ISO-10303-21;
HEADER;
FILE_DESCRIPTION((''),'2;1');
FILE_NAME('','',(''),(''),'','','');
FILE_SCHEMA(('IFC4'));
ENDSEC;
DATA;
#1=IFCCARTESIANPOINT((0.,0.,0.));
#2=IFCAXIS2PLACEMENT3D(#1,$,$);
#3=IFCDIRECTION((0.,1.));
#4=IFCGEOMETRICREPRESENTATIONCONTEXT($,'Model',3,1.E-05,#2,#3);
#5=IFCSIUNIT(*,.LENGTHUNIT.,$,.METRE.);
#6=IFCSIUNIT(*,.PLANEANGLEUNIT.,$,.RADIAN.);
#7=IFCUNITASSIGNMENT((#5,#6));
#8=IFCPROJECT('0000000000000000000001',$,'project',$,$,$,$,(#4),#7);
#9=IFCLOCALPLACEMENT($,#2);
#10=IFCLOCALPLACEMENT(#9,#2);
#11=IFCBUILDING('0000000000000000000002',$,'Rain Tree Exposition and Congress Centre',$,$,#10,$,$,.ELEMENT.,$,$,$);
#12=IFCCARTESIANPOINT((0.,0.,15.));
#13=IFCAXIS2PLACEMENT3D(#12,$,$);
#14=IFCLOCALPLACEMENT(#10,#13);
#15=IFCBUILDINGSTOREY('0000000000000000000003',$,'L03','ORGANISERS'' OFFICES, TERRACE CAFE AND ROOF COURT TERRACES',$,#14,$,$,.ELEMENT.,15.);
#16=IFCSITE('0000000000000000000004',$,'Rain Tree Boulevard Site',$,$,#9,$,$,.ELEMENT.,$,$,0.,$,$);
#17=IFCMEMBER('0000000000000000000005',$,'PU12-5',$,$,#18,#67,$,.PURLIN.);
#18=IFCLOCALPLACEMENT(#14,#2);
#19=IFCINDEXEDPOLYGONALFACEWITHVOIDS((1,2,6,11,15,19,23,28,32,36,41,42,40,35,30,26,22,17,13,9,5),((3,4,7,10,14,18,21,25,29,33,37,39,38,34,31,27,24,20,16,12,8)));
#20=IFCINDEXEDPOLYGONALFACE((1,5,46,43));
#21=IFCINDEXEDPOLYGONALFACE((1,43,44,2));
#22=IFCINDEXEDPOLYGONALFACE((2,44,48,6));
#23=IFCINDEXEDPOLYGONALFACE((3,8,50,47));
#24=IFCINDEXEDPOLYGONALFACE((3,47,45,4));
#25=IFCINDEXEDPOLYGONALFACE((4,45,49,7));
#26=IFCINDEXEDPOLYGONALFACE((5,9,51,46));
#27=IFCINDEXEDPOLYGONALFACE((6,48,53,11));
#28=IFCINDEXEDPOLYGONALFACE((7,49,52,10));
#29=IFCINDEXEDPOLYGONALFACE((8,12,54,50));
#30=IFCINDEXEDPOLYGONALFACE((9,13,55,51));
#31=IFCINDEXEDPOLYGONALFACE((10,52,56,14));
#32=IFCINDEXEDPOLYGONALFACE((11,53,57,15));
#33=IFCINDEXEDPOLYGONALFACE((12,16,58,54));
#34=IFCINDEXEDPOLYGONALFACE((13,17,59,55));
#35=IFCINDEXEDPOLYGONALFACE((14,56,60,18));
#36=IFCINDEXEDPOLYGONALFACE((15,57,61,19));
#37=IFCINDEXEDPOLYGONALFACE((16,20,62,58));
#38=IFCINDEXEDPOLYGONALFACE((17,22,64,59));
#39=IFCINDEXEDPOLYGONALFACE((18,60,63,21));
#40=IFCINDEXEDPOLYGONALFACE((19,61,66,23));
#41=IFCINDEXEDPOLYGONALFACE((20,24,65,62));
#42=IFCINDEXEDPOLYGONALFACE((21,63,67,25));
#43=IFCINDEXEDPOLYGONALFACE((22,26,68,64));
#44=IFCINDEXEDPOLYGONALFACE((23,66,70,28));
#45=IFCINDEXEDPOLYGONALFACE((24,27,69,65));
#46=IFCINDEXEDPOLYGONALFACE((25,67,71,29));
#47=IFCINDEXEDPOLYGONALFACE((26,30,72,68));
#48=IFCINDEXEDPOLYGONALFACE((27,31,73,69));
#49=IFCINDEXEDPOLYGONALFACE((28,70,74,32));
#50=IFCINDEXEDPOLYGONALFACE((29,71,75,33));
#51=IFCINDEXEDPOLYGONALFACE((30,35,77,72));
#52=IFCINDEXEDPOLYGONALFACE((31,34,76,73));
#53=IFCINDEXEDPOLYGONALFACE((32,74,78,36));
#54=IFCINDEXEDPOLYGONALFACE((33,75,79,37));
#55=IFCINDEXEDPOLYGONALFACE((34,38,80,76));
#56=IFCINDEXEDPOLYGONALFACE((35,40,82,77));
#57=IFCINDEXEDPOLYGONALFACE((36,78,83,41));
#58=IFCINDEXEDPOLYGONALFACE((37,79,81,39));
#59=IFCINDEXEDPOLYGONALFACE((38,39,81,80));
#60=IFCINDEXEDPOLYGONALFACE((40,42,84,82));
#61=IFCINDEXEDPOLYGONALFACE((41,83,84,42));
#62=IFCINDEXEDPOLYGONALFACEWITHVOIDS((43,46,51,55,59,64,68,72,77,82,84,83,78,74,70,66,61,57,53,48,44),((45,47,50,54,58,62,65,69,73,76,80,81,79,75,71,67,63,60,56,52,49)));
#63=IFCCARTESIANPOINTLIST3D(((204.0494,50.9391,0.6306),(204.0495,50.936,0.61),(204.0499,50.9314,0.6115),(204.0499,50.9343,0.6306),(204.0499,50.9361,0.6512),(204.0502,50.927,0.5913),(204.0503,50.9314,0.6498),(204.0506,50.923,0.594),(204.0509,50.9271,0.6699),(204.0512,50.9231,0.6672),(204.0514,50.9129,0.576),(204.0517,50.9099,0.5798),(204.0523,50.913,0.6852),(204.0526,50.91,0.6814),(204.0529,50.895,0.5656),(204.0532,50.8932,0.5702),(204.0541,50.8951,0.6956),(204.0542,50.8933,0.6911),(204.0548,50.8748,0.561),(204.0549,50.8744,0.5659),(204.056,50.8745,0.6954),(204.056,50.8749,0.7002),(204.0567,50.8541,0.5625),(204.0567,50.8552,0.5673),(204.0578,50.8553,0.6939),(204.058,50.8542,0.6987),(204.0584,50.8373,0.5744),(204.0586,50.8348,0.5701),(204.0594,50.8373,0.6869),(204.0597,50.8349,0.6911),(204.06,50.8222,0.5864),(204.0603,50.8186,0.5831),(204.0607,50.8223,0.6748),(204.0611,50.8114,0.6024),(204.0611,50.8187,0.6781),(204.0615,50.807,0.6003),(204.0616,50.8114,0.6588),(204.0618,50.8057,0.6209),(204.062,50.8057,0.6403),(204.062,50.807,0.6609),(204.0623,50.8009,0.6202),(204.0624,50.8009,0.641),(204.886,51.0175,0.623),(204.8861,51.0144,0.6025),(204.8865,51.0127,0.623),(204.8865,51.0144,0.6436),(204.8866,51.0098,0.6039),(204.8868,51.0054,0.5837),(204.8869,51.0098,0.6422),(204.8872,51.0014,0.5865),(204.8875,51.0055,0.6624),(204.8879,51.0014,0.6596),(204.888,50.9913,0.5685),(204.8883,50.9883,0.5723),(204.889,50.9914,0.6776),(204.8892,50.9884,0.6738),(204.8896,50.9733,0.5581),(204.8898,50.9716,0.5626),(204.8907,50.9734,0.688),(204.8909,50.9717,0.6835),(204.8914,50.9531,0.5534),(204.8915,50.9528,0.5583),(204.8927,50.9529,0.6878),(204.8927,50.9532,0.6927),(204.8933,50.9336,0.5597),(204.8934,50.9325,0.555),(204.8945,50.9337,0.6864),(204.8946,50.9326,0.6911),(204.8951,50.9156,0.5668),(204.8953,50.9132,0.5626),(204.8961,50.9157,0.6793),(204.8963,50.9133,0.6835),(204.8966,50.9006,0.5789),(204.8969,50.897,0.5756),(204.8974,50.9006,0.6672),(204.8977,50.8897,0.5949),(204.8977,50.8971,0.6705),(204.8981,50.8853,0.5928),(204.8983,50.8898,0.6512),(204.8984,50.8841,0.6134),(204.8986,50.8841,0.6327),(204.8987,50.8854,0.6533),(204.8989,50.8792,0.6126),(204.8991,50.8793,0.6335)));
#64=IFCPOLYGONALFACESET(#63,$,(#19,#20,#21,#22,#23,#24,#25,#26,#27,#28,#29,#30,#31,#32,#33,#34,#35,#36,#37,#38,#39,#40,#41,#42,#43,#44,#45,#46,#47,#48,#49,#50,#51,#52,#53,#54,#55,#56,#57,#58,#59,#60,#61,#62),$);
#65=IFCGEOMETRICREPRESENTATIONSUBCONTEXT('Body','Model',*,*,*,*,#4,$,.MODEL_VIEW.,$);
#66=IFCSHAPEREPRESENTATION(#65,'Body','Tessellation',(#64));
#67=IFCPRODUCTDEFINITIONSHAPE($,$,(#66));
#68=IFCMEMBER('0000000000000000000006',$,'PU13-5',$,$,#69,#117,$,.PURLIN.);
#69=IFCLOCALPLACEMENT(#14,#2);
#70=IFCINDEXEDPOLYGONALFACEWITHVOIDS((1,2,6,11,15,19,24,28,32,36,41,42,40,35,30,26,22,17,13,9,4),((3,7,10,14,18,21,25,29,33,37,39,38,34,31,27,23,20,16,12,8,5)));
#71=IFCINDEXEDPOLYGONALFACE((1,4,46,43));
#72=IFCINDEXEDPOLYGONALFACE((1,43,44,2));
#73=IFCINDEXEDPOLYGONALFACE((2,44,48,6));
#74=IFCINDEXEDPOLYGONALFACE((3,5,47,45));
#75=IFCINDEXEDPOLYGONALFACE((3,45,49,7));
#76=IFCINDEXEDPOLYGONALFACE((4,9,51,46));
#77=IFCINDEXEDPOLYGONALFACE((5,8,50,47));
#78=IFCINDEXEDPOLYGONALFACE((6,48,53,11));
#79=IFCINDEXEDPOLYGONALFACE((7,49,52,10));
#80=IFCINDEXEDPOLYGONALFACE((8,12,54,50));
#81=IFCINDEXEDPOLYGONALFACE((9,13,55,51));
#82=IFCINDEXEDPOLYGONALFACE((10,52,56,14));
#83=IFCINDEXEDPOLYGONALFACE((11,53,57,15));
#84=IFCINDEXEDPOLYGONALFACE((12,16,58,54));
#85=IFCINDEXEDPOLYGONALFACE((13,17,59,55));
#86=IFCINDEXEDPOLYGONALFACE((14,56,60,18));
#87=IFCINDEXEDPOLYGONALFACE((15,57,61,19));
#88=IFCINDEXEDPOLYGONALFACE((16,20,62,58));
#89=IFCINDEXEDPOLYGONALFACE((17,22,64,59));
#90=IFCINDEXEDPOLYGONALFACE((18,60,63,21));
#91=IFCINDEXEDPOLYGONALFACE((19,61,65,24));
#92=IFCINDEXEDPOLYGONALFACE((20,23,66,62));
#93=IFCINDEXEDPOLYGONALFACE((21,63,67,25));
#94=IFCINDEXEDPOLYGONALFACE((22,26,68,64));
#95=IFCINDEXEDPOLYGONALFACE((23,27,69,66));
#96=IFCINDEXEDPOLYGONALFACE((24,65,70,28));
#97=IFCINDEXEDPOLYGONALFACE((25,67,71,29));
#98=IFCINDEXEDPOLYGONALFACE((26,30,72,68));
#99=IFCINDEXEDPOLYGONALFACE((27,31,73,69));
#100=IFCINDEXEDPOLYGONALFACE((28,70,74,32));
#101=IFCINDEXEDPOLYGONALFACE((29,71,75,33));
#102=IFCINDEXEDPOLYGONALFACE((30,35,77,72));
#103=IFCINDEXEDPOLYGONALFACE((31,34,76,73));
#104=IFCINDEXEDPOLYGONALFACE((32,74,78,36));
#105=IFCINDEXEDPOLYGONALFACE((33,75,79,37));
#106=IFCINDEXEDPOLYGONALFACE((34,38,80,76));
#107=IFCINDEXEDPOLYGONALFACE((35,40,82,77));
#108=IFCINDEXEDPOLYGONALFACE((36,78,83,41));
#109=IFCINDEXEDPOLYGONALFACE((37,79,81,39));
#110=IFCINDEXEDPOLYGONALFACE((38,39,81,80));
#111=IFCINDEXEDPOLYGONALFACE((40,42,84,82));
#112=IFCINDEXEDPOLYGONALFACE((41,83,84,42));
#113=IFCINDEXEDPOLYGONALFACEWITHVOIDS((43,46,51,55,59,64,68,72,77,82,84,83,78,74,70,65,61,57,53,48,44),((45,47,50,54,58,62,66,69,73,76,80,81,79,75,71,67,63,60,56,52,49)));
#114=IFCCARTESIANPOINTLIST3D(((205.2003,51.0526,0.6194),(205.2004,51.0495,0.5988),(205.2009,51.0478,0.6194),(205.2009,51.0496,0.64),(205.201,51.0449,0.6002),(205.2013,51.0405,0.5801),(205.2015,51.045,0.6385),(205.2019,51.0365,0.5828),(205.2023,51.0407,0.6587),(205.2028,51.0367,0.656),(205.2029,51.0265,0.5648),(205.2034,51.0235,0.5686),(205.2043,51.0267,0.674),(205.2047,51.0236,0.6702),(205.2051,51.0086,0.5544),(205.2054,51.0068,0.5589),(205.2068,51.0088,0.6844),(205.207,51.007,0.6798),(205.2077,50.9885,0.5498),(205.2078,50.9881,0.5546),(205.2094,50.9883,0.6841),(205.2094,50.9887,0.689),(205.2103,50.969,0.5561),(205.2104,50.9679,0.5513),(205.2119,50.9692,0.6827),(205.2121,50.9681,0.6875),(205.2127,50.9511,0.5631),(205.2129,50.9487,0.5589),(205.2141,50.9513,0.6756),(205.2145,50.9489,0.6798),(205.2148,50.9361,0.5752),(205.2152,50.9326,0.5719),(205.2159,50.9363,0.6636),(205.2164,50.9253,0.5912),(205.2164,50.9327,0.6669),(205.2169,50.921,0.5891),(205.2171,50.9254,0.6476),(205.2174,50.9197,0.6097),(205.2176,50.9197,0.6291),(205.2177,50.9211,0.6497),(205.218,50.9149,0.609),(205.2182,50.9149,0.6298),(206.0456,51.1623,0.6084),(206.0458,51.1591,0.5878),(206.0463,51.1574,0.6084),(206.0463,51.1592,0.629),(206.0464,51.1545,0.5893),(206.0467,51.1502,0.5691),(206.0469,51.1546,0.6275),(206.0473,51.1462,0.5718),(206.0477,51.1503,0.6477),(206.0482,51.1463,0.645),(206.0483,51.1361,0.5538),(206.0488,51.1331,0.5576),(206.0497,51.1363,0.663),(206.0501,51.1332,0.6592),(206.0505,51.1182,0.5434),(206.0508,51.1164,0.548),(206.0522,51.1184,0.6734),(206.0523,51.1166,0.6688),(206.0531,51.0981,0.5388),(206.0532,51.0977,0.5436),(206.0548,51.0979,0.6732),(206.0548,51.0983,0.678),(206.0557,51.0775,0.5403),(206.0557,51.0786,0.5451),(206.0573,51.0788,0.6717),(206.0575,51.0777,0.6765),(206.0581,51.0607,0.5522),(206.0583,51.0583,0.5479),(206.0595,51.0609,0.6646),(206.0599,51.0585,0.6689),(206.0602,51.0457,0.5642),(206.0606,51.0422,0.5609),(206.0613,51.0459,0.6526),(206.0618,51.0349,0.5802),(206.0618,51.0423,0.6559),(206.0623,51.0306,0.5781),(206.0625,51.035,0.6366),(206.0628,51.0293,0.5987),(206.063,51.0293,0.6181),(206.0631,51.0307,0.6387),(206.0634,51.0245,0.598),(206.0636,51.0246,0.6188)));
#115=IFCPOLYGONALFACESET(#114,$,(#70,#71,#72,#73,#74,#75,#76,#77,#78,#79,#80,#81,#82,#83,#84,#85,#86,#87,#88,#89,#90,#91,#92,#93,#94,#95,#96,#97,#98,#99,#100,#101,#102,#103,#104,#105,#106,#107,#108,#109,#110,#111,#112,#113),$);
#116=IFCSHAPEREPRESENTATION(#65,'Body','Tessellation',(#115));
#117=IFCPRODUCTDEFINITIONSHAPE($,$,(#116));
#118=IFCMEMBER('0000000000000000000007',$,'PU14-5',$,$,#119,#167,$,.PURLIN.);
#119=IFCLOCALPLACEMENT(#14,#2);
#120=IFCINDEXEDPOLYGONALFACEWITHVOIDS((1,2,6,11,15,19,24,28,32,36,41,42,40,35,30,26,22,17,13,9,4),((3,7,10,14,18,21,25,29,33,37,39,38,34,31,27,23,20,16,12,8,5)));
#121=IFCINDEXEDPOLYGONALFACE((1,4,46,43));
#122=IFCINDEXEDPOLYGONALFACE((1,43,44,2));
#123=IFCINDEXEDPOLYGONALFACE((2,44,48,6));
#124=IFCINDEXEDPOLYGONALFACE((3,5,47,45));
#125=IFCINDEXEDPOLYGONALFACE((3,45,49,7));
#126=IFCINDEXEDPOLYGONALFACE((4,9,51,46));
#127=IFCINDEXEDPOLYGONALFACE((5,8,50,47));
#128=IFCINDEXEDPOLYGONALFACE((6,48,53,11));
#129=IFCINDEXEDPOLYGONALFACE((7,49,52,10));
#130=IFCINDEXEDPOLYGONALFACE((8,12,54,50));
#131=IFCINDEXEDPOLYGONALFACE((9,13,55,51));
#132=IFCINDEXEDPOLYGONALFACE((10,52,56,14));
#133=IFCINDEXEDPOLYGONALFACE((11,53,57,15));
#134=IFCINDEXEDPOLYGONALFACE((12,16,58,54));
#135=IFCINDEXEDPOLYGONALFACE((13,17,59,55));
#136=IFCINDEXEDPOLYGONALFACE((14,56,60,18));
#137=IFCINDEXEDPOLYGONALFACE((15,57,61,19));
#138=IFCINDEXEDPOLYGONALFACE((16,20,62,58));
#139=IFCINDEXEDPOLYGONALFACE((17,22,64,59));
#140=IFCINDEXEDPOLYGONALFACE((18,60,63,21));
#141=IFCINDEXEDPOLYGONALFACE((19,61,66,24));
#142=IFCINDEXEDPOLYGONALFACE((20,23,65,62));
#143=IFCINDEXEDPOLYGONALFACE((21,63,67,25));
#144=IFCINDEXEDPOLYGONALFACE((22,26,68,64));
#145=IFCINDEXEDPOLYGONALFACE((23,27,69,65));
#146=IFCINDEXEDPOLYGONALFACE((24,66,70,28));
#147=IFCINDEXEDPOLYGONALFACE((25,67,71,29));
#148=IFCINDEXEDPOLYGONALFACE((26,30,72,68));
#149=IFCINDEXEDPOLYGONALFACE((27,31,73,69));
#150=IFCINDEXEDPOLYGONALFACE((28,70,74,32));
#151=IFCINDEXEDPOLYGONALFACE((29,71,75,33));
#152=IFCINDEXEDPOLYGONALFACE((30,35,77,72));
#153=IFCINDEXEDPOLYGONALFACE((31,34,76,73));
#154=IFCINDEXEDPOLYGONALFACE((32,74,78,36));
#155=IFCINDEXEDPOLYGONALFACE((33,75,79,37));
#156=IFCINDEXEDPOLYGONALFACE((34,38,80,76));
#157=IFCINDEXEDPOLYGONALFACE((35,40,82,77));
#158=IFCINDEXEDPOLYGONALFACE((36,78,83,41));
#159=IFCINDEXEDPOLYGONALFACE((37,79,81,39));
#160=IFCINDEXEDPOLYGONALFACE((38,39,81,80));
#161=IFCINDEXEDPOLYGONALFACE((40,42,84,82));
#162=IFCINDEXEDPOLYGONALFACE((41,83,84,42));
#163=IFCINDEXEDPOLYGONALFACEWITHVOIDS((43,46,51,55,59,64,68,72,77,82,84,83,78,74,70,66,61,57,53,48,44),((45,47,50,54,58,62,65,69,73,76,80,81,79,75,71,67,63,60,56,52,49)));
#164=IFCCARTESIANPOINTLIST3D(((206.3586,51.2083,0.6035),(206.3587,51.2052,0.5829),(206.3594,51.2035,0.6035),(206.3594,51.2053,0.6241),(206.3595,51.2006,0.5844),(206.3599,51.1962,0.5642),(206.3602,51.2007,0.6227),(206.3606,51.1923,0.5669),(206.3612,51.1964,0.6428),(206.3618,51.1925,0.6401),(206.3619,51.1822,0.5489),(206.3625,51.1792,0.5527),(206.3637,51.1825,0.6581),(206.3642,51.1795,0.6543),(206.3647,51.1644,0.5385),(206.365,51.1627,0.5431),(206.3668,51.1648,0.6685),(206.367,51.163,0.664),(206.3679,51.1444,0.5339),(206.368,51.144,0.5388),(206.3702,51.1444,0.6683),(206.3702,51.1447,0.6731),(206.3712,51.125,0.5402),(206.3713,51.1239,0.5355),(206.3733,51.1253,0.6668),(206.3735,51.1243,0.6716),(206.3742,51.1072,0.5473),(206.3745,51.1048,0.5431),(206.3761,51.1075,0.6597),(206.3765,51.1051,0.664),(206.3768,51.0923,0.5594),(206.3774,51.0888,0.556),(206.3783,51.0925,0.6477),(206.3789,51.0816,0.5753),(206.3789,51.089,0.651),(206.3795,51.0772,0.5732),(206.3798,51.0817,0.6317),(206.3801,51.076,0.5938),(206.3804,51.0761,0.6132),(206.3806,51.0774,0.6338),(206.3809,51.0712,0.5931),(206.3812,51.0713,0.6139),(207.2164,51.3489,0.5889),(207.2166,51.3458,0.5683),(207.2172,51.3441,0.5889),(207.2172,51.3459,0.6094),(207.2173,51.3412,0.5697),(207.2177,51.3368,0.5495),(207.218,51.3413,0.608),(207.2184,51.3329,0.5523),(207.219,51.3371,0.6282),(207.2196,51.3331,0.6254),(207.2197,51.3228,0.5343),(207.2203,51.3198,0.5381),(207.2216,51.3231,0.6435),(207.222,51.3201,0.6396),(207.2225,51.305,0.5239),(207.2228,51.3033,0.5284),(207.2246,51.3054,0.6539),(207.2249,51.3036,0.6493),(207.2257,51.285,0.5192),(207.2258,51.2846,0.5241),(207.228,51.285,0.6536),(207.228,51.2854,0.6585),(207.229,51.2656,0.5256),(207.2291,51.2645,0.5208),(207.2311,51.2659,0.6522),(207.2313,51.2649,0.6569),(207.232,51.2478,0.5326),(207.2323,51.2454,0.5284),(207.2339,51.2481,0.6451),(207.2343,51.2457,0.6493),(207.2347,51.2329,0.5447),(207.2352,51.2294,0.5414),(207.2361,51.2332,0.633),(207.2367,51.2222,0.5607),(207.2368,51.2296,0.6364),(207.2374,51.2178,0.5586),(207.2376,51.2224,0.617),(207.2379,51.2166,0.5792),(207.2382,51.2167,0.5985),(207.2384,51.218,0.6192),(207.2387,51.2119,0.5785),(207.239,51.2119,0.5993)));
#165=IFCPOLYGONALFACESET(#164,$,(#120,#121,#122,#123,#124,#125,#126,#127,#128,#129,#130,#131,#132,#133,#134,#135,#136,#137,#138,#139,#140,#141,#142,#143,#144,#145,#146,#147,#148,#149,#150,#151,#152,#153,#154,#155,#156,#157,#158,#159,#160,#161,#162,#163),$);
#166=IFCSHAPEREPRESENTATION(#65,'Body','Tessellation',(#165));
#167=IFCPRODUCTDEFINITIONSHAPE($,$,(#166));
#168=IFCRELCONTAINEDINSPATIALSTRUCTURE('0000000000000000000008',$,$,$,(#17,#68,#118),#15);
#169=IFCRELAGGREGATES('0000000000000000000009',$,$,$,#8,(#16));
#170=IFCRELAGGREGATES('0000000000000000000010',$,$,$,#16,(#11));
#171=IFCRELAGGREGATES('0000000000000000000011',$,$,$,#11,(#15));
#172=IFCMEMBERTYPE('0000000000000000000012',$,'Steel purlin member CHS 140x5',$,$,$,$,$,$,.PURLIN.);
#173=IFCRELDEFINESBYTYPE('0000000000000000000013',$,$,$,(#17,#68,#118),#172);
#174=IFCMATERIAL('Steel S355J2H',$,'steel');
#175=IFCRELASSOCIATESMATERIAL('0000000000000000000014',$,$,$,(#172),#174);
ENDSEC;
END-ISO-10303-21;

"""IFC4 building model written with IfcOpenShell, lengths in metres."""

from ifc_helpers import new_model, si_unit, direction, frame, origin, origin_2d, place, context, subcontext, project, spatial, hollow_circle, extrude, material, material_profile, profile_set, type_object, element, save


model = new_model("IFC4")

# Units and contexts
model_context = context("Model", 3, precision=1e-05, world=origin(), true_north=direction((0.0, 1.0)))
body_context = subcontext(model_context, "Body", "Model", "MODEL_VIEW")
ifc_project = project(units=[si_unit("LENGTHUNIT", "METRE"), si_unit("PLANEANGLEUNIT", "RADIAN")], contexts=[model_context])

# Site, building, storey
site_placement = place(None, origin())
site = spatial("IfcSite", under=ifc_project, at=site_placement, Name="Rain Tree Boulevard Site", CompositionType="ELEMENT", RefElevation=0.0)
building_placement = place(site_placement, origin())
building = spatial("IfcBuilding", under=site, at=building_placement, Name="Rain Tree Exposition and Congress Centre", CompositionType="ELEMENT")
storey_placement = place(building_placement, frame((0.0, 0.0, 15.0)))
storey = spatial("IfcBuildingStorey", under=building, at=storey_placement, Name="L03", Description="ORGANISERS' OFFICES, TERRACE CAFE AND ROOF COURT TERRACES", CompositionType="ELEMENT", Elevation=15.0)

# Members
ifc_material_1 = material(Name="Steel S355J2H", Category="steel")
ifc_material_profile_1 = material_profile(ifc_material_1, hollow_circle(Radius=0.0698, WallThickness=0.0049, at=origin_2d()), Name="CHS 140x5")
ifc_profile_set_1 = profile_set([ifc_material_profile_1], Name="Steel S355J2H")
member_type_1 = type_object("IfcMemberType", Name="Steel purlin member CHS 140x5", PredefinedType="PURLIN", material=ifc_profile_set_1)
member_1_placement = place(storey_placement, frame((204.0559, 50.8696, 0.6306), z_axis=(0.995601, 0.093256, -0.009006), x_axis=(-0.09326, 0.995642, 0.0)))
element("IfcMember", 1, at=member_1_placement, inside=storey, type_object=member_type_1, Name="PU12-5", PredefinedType="PURLIN", context=body_context, shape_type="SweptSolid", body=[
    extrude(hollow_circle(Radius=0.0698, WallThickness=0.0049, at=origin_2d()), origin(), (0.0, 0.0, 1.0), 0.8403),
])
member_2_placement = place(storey_placement, frame((205.2092, 50.9834, 0.6194), z_axis=(0.991617, 0.128569, -0.012886), x_axis=(-0.12858, 0.991699, 0.0)))
element("IfcMember", 2, at=member_2_placement, inside=storey, type_object=member_type_1, Name="PU13-5", PredefinedType="PURLIN", context=body_context, shape_type="SweptSolid", body=[
    extrude(hollow_circle(Radius=0.0698, WallThickness=0.0049, at=origin_2d()), origin(), (0.0, 0.0, 1.0), 0.8525),
])
member_3_placement = place(storey_placement, frame((206.3699, 51.1394, 0.6035), z_axis=(0.986691, 0.161734, -0.016847), x_axis=(-0.161757, 0.986831, 0.0)))
element("IfcMember", 3, at=member_3_placement, inside=storey, type_object=member_type_1, Name="PU14-5", PredefinedType="PURLIN", context=body_context, shape_type="SweptSolid", body=[
    extrude(hollow_circle(Radius=0.0698, WallThickness=0.0049, at=origin_2d()), origin(), (0.0, 0.0, 1.0), 0.8694),
])

save(model, "model.ifc")
